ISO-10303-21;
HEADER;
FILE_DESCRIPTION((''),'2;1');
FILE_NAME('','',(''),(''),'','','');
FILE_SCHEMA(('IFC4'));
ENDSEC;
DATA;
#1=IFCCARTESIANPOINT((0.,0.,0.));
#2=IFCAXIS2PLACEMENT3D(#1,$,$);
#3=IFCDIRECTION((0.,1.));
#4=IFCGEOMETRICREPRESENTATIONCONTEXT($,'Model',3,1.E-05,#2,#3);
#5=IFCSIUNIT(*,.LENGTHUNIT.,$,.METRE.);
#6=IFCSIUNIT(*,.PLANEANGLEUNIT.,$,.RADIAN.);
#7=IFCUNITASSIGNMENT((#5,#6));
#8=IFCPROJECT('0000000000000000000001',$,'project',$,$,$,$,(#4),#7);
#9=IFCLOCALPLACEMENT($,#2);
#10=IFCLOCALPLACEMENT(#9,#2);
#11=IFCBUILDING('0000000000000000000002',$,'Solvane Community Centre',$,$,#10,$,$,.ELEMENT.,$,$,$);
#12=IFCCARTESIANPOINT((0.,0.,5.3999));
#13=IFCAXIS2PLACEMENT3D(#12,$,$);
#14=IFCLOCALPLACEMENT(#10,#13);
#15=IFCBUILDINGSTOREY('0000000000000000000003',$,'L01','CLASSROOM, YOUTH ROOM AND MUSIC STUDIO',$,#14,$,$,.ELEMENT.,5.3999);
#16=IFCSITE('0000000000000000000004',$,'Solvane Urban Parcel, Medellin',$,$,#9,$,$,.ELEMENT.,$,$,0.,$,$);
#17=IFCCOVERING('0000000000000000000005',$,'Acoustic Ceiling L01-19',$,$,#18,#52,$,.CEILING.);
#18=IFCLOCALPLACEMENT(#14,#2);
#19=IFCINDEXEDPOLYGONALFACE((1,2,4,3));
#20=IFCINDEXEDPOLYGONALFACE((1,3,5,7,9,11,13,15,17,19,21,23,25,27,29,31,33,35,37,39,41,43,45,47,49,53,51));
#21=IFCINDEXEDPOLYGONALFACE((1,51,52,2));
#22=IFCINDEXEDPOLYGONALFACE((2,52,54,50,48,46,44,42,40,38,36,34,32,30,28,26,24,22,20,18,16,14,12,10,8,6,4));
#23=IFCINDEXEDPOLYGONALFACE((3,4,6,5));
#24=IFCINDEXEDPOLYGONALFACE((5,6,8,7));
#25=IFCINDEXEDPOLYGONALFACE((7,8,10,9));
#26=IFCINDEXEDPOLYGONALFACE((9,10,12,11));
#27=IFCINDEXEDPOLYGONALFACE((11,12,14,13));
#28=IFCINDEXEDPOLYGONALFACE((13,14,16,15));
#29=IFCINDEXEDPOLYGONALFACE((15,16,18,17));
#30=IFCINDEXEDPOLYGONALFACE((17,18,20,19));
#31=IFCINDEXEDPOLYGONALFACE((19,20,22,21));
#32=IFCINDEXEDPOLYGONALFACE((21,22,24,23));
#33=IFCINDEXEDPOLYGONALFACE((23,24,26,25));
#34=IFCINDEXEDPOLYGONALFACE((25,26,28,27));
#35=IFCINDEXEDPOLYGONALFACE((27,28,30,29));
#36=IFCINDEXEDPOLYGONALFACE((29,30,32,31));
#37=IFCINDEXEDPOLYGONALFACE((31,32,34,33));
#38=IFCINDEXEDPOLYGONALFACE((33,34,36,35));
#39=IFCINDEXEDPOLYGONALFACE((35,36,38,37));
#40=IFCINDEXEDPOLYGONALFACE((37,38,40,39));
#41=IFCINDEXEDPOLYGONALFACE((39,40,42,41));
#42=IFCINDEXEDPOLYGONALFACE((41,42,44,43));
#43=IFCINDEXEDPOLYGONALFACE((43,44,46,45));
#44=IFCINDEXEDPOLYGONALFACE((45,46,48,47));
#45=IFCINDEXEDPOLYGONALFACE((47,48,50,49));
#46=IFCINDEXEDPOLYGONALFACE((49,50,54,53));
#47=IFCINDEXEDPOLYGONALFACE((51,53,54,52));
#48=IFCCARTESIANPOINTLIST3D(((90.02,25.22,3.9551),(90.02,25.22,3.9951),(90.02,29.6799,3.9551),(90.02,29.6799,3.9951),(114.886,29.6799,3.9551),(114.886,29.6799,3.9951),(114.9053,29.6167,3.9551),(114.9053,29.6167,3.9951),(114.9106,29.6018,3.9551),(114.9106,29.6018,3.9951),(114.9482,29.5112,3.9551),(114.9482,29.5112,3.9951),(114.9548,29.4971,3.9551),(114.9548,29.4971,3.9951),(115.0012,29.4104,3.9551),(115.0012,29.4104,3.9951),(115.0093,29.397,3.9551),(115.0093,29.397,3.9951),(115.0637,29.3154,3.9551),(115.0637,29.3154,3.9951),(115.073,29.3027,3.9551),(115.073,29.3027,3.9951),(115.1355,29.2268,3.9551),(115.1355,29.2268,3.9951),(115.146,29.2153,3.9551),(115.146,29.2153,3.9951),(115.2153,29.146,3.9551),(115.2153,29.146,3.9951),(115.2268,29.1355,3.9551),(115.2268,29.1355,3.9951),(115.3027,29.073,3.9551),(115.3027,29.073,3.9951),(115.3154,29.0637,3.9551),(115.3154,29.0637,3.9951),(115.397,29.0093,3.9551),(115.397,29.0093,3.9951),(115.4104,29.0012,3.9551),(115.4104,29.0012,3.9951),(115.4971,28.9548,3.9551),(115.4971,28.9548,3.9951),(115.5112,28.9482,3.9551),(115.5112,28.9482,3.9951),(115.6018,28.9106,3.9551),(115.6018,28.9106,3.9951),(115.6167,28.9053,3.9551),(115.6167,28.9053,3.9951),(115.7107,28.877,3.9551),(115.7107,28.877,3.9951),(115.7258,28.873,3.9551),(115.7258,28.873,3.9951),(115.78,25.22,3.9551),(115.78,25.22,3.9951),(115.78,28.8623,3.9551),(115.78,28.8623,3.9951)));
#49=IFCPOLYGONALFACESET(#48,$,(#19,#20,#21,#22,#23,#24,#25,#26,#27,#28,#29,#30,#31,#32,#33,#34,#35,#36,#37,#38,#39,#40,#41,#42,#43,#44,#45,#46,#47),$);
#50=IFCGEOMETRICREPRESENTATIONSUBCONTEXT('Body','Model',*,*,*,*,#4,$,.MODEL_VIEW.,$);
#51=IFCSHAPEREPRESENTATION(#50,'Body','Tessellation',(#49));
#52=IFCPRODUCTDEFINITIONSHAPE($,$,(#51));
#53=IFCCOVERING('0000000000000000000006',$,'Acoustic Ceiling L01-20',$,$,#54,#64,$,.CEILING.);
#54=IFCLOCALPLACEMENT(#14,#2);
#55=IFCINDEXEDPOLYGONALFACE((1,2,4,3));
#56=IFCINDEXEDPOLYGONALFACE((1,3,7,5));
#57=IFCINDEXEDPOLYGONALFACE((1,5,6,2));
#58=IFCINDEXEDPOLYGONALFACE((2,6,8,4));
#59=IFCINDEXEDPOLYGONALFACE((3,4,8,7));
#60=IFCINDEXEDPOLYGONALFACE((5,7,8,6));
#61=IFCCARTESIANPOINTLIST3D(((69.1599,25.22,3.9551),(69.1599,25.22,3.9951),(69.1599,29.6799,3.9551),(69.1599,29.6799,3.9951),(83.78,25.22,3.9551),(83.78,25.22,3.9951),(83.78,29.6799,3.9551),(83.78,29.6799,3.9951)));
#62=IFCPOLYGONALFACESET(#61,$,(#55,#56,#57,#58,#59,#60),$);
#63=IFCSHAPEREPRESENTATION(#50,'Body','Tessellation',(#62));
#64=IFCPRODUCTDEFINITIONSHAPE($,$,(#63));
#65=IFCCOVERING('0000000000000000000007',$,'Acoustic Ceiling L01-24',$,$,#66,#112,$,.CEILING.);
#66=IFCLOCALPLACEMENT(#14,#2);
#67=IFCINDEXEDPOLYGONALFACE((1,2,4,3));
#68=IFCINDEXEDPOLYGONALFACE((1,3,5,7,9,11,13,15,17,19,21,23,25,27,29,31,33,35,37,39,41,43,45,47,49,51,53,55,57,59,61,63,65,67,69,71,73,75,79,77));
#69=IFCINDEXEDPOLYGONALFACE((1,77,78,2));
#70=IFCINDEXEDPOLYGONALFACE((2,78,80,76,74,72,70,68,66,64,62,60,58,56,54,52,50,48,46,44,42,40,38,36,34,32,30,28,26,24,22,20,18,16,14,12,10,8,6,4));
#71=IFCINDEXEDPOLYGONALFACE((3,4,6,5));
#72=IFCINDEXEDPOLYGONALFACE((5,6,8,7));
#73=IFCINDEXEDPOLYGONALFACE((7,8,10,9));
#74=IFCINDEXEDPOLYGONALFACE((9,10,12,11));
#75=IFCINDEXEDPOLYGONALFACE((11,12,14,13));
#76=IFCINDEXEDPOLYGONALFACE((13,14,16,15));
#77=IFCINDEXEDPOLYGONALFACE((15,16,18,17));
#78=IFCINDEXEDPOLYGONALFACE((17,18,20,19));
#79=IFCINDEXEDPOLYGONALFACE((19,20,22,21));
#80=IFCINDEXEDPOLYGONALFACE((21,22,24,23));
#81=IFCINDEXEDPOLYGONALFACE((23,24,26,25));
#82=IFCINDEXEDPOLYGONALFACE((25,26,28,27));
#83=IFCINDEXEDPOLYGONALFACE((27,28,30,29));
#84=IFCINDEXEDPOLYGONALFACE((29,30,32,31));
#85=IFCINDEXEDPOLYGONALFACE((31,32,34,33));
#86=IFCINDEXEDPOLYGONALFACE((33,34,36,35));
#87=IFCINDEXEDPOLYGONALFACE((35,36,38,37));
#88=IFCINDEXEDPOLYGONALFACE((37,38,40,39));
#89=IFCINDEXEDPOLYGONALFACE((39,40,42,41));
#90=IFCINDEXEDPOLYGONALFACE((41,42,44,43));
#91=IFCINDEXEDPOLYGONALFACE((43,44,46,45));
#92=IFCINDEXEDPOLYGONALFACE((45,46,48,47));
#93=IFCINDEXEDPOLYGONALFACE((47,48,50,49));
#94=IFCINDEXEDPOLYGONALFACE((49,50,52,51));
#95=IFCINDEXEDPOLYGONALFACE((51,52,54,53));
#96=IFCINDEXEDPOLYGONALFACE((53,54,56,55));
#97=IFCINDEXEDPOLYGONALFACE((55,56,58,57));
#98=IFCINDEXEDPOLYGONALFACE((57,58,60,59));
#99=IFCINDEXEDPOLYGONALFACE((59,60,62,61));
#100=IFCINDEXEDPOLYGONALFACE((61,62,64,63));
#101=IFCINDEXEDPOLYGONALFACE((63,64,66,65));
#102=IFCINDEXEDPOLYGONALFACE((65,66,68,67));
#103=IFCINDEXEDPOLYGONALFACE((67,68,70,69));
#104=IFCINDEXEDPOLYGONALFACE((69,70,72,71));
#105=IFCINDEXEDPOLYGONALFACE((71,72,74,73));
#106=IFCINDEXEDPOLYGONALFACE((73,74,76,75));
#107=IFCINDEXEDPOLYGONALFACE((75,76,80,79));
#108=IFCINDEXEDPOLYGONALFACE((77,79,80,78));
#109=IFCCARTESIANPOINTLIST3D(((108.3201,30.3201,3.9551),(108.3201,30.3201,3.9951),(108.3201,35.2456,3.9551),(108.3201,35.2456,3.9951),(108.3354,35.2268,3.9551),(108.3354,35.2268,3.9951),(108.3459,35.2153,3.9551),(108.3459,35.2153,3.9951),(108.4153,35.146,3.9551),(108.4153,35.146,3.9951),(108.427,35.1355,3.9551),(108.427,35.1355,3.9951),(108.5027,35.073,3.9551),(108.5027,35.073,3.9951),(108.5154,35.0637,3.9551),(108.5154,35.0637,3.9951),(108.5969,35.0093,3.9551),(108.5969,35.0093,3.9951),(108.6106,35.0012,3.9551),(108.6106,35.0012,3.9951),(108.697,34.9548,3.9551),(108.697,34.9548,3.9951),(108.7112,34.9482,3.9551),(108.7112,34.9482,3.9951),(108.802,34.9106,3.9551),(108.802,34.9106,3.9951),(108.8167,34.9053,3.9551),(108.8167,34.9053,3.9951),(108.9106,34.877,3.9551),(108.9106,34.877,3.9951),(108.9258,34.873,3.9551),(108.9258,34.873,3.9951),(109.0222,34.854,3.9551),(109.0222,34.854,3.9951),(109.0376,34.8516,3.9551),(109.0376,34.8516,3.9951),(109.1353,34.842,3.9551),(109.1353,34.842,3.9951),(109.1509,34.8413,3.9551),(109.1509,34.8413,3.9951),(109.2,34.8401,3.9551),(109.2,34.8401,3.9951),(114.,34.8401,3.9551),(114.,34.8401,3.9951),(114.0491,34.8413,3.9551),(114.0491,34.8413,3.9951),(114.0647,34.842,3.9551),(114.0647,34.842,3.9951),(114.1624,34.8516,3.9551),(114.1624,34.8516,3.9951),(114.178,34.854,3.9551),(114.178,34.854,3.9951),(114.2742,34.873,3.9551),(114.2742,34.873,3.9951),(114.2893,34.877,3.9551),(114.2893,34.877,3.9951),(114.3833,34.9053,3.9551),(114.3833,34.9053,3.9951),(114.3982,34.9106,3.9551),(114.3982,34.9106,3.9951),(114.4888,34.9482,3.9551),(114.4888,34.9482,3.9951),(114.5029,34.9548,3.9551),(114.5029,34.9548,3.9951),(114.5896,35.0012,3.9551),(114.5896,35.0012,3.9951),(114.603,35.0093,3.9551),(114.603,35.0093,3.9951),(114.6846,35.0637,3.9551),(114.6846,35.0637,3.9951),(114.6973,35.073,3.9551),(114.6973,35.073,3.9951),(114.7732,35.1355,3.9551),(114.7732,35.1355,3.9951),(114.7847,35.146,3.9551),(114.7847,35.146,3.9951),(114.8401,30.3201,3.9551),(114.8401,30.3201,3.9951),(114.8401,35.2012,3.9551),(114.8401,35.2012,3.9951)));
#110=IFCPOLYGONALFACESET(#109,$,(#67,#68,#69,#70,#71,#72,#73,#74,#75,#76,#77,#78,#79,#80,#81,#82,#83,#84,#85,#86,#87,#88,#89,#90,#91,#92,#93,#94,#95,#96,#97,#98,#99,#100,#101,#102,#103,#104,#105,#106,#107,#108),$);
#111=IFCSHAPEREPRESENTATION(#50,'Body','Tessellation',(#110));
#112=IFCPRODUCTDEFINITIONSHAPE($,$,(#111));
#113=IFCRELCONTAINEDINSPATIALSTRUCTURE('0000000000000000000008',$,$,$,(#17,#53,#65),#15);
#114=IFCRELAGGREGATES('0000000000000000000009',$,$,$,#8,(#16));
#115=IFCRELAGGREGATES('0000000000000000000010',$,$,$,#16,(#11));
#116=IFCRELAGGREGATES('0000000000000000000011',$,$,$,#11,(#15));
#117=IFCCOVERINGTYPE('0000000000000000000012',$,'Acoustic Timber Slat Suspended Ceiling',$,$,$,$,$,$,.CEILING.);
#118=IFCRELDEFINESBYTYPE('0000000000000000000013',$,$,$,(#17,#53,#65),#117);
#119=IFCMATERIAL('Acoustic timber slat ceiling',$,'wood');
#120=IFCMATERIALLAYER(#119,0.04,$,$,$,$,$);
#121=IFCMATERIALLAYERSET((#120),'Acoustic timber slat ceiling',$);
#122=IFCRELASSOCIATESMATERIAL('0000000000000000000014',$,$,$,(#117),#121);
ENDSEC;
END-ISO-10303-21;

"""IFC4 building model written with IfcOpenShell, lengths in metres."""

from ifc_helpers import new_model, si_unit, direction, frame, origin, place, context, subcontext, project, spatial, polyline, outline, extrude, material, layer, layer_set, type_object, element, save


model = new_model("IFC4")

# Units and contexts
model_context = context("Model", 3, precision=1e-05, world=origin(), true_north=direction((0.0, 1.0)))
body_context = subcontext(model_context, "Body", "Model", "MODEL_VIEW")
ifc_project = project(units=[si_unit("LENGTHUNIT", "METRE"), si_unit("PLANEANGLEUNIT", "RADIAN")], contexts=[model_context])

# Site, building, storey
site_placement = place(None, origin())
site = spatial("IfcSite", under=ifc_project, at=site_placement, Name="Solvane Urban Parcel, Medellin", CompositionType="ELEMENT", RefElevation=0.0)
building_placement = place(site_placement, origin())
building = spatial("IfcBuilding", under=site, at=building_placement, Name="Solvane Community Centre", CompositionType="ELEMENT")
storey_placement = place(building_placement, frame((0.0, 0.0, 5.3999)))
storey = spatial("IfcBuildingStorey", under=building, at=storey_placement, Name="L01", Description="CLASSROOM, YOUTH ROOM AND MUSIC STUDIO", CompositionType="ELEMENT", Elevation=5.3999)

# Coverings
ifc_material_1 = material(Name="Acoustic timber slat ceiling", Category="wood")
ifc_layer_1 = layer(ifc_material_1, 0.04)
ifc_layer_set_1 = layer_set([ifc_layer_1], Name="Acoustic timber slat ceiling")
covering_type = type_object("IfcCoveringType", Name="Acoustic Timber Slat Suspended Ceiling", PredefinedType="CEILING", material=ifc_layer_set_1)
covering_1_placement = place(storey_placement, frame((0.0, 0.0, 3.9551)))
element("IfcCovering", 1, at=covering_1_placement, inside=storey, type_object=covering_type, Name="Acoustic Ceiling L01-19", PredefinedType="CEILING", context=body_context, shape_type="SweptSolid", body=[
    extrude(outline(polyline([(115.78, 25.22), (90.02, 25.22), (90.02, 29.6799), (114.886, 29.6799), (114.9053, 29.6167), (114.9106, 29.6018), (114.9482, 29.5112), (114.9548, 29.4971), (115.0012, 29.4104), (115.0093, 29.397), (115.0637, 29.3154), (115.073, 29.3027), (115.1355, 29.2268), (115.146, 29.2153), (115.2153, 29.146), (115.2268, 29.1355), (115.3027, 29.073), (115.3154, 29.0637), (115.397, 29.0093), (115.4104, 29.0012), (115.4971, 28.9548), (115.5112, 28.9482), (115.6018, 28.9106), (115.6167, 28.9053), (115.7107, 28.877), (115.7258, 28.873), (115.78, 28.8623), (115.78, 25.22)])), origin(), (0.0, 0.0, 1.0), 0.04),
])
covering_2_placement = place(storey_placement, frame((0.0, 0.0, 3.9551)))
element("IfcCovering", 2, at=covering_2_placement, inside=storey, type_object=covering_type, Name="Acoustic Ceiling L01-20", PredefinedType="CEILING", context=body_context, shape_type="SweptSolid", body=[
    extrude(outline(polyline([(83.78, 29.6799), (83.78, 25.22), (69.1599, 25.22), (69.1599, 29.6799), (83.78, 29.6799)])), origin(), (0.0, 0.0, 1.0), 0.04),
])
covering_3_placement = place(storey_placement, frame((0.0, 0.0, 3.9551)))
element("IfcCovering", 3, at=covering_3_placement, inside=storey, type_object=covering_type, Name="Acoustic Ceiling L01-24", PredefinedType="CEILING", context=body_context, shape_type="SweptSolid", body=[
    extrude(outline(polyline([(108.3201, 30.3201), (108.3201, 35.2456), (108.3354, 35.2268), (108.3459, 35.2153), (108.4153, 35.146), (108.427, 35.1355), (108.5027, 35.073), (108.5154, 35.0637), (108.5969, 35.0093), (108.6106, 35.0012), (108.697, 34.9548), (108.7112, 34.9482), (108.802, 34.9106), (108.8167, 34.9053), (108.9106, 34.877), (108.9258, 34.873), (109.0222, 34.854), (109.0376, 34.8516), (109.1353, 34.842), (109.1509, 34.8413), (109.2, 34.8401), (114.0, 34.8401), (114.0491, 34.8413), (114.0647, 34.842), (114.1624, 34.8516), (114.178, 34.854), (114.2742, 34.873), (114.2893, 34.877), (114.3833, 34.9053), (114.3982, 34.9106), (114.4888, 34.9482), (114.5029, 34.9548), (114.5896, 35.0012), (114.603, 35.0093), (114.6846, 35.0637), (114.6973, 35.073), (114.7732, 35.1355), (114.7847, 35.146), (114.8401, 35.2012), (114.8401, 30.3201), (108.3201, 30.3201)])), origin(), (0.0, 0.0, 1.0), 0.04),
])

save(model, "model.ifc")
